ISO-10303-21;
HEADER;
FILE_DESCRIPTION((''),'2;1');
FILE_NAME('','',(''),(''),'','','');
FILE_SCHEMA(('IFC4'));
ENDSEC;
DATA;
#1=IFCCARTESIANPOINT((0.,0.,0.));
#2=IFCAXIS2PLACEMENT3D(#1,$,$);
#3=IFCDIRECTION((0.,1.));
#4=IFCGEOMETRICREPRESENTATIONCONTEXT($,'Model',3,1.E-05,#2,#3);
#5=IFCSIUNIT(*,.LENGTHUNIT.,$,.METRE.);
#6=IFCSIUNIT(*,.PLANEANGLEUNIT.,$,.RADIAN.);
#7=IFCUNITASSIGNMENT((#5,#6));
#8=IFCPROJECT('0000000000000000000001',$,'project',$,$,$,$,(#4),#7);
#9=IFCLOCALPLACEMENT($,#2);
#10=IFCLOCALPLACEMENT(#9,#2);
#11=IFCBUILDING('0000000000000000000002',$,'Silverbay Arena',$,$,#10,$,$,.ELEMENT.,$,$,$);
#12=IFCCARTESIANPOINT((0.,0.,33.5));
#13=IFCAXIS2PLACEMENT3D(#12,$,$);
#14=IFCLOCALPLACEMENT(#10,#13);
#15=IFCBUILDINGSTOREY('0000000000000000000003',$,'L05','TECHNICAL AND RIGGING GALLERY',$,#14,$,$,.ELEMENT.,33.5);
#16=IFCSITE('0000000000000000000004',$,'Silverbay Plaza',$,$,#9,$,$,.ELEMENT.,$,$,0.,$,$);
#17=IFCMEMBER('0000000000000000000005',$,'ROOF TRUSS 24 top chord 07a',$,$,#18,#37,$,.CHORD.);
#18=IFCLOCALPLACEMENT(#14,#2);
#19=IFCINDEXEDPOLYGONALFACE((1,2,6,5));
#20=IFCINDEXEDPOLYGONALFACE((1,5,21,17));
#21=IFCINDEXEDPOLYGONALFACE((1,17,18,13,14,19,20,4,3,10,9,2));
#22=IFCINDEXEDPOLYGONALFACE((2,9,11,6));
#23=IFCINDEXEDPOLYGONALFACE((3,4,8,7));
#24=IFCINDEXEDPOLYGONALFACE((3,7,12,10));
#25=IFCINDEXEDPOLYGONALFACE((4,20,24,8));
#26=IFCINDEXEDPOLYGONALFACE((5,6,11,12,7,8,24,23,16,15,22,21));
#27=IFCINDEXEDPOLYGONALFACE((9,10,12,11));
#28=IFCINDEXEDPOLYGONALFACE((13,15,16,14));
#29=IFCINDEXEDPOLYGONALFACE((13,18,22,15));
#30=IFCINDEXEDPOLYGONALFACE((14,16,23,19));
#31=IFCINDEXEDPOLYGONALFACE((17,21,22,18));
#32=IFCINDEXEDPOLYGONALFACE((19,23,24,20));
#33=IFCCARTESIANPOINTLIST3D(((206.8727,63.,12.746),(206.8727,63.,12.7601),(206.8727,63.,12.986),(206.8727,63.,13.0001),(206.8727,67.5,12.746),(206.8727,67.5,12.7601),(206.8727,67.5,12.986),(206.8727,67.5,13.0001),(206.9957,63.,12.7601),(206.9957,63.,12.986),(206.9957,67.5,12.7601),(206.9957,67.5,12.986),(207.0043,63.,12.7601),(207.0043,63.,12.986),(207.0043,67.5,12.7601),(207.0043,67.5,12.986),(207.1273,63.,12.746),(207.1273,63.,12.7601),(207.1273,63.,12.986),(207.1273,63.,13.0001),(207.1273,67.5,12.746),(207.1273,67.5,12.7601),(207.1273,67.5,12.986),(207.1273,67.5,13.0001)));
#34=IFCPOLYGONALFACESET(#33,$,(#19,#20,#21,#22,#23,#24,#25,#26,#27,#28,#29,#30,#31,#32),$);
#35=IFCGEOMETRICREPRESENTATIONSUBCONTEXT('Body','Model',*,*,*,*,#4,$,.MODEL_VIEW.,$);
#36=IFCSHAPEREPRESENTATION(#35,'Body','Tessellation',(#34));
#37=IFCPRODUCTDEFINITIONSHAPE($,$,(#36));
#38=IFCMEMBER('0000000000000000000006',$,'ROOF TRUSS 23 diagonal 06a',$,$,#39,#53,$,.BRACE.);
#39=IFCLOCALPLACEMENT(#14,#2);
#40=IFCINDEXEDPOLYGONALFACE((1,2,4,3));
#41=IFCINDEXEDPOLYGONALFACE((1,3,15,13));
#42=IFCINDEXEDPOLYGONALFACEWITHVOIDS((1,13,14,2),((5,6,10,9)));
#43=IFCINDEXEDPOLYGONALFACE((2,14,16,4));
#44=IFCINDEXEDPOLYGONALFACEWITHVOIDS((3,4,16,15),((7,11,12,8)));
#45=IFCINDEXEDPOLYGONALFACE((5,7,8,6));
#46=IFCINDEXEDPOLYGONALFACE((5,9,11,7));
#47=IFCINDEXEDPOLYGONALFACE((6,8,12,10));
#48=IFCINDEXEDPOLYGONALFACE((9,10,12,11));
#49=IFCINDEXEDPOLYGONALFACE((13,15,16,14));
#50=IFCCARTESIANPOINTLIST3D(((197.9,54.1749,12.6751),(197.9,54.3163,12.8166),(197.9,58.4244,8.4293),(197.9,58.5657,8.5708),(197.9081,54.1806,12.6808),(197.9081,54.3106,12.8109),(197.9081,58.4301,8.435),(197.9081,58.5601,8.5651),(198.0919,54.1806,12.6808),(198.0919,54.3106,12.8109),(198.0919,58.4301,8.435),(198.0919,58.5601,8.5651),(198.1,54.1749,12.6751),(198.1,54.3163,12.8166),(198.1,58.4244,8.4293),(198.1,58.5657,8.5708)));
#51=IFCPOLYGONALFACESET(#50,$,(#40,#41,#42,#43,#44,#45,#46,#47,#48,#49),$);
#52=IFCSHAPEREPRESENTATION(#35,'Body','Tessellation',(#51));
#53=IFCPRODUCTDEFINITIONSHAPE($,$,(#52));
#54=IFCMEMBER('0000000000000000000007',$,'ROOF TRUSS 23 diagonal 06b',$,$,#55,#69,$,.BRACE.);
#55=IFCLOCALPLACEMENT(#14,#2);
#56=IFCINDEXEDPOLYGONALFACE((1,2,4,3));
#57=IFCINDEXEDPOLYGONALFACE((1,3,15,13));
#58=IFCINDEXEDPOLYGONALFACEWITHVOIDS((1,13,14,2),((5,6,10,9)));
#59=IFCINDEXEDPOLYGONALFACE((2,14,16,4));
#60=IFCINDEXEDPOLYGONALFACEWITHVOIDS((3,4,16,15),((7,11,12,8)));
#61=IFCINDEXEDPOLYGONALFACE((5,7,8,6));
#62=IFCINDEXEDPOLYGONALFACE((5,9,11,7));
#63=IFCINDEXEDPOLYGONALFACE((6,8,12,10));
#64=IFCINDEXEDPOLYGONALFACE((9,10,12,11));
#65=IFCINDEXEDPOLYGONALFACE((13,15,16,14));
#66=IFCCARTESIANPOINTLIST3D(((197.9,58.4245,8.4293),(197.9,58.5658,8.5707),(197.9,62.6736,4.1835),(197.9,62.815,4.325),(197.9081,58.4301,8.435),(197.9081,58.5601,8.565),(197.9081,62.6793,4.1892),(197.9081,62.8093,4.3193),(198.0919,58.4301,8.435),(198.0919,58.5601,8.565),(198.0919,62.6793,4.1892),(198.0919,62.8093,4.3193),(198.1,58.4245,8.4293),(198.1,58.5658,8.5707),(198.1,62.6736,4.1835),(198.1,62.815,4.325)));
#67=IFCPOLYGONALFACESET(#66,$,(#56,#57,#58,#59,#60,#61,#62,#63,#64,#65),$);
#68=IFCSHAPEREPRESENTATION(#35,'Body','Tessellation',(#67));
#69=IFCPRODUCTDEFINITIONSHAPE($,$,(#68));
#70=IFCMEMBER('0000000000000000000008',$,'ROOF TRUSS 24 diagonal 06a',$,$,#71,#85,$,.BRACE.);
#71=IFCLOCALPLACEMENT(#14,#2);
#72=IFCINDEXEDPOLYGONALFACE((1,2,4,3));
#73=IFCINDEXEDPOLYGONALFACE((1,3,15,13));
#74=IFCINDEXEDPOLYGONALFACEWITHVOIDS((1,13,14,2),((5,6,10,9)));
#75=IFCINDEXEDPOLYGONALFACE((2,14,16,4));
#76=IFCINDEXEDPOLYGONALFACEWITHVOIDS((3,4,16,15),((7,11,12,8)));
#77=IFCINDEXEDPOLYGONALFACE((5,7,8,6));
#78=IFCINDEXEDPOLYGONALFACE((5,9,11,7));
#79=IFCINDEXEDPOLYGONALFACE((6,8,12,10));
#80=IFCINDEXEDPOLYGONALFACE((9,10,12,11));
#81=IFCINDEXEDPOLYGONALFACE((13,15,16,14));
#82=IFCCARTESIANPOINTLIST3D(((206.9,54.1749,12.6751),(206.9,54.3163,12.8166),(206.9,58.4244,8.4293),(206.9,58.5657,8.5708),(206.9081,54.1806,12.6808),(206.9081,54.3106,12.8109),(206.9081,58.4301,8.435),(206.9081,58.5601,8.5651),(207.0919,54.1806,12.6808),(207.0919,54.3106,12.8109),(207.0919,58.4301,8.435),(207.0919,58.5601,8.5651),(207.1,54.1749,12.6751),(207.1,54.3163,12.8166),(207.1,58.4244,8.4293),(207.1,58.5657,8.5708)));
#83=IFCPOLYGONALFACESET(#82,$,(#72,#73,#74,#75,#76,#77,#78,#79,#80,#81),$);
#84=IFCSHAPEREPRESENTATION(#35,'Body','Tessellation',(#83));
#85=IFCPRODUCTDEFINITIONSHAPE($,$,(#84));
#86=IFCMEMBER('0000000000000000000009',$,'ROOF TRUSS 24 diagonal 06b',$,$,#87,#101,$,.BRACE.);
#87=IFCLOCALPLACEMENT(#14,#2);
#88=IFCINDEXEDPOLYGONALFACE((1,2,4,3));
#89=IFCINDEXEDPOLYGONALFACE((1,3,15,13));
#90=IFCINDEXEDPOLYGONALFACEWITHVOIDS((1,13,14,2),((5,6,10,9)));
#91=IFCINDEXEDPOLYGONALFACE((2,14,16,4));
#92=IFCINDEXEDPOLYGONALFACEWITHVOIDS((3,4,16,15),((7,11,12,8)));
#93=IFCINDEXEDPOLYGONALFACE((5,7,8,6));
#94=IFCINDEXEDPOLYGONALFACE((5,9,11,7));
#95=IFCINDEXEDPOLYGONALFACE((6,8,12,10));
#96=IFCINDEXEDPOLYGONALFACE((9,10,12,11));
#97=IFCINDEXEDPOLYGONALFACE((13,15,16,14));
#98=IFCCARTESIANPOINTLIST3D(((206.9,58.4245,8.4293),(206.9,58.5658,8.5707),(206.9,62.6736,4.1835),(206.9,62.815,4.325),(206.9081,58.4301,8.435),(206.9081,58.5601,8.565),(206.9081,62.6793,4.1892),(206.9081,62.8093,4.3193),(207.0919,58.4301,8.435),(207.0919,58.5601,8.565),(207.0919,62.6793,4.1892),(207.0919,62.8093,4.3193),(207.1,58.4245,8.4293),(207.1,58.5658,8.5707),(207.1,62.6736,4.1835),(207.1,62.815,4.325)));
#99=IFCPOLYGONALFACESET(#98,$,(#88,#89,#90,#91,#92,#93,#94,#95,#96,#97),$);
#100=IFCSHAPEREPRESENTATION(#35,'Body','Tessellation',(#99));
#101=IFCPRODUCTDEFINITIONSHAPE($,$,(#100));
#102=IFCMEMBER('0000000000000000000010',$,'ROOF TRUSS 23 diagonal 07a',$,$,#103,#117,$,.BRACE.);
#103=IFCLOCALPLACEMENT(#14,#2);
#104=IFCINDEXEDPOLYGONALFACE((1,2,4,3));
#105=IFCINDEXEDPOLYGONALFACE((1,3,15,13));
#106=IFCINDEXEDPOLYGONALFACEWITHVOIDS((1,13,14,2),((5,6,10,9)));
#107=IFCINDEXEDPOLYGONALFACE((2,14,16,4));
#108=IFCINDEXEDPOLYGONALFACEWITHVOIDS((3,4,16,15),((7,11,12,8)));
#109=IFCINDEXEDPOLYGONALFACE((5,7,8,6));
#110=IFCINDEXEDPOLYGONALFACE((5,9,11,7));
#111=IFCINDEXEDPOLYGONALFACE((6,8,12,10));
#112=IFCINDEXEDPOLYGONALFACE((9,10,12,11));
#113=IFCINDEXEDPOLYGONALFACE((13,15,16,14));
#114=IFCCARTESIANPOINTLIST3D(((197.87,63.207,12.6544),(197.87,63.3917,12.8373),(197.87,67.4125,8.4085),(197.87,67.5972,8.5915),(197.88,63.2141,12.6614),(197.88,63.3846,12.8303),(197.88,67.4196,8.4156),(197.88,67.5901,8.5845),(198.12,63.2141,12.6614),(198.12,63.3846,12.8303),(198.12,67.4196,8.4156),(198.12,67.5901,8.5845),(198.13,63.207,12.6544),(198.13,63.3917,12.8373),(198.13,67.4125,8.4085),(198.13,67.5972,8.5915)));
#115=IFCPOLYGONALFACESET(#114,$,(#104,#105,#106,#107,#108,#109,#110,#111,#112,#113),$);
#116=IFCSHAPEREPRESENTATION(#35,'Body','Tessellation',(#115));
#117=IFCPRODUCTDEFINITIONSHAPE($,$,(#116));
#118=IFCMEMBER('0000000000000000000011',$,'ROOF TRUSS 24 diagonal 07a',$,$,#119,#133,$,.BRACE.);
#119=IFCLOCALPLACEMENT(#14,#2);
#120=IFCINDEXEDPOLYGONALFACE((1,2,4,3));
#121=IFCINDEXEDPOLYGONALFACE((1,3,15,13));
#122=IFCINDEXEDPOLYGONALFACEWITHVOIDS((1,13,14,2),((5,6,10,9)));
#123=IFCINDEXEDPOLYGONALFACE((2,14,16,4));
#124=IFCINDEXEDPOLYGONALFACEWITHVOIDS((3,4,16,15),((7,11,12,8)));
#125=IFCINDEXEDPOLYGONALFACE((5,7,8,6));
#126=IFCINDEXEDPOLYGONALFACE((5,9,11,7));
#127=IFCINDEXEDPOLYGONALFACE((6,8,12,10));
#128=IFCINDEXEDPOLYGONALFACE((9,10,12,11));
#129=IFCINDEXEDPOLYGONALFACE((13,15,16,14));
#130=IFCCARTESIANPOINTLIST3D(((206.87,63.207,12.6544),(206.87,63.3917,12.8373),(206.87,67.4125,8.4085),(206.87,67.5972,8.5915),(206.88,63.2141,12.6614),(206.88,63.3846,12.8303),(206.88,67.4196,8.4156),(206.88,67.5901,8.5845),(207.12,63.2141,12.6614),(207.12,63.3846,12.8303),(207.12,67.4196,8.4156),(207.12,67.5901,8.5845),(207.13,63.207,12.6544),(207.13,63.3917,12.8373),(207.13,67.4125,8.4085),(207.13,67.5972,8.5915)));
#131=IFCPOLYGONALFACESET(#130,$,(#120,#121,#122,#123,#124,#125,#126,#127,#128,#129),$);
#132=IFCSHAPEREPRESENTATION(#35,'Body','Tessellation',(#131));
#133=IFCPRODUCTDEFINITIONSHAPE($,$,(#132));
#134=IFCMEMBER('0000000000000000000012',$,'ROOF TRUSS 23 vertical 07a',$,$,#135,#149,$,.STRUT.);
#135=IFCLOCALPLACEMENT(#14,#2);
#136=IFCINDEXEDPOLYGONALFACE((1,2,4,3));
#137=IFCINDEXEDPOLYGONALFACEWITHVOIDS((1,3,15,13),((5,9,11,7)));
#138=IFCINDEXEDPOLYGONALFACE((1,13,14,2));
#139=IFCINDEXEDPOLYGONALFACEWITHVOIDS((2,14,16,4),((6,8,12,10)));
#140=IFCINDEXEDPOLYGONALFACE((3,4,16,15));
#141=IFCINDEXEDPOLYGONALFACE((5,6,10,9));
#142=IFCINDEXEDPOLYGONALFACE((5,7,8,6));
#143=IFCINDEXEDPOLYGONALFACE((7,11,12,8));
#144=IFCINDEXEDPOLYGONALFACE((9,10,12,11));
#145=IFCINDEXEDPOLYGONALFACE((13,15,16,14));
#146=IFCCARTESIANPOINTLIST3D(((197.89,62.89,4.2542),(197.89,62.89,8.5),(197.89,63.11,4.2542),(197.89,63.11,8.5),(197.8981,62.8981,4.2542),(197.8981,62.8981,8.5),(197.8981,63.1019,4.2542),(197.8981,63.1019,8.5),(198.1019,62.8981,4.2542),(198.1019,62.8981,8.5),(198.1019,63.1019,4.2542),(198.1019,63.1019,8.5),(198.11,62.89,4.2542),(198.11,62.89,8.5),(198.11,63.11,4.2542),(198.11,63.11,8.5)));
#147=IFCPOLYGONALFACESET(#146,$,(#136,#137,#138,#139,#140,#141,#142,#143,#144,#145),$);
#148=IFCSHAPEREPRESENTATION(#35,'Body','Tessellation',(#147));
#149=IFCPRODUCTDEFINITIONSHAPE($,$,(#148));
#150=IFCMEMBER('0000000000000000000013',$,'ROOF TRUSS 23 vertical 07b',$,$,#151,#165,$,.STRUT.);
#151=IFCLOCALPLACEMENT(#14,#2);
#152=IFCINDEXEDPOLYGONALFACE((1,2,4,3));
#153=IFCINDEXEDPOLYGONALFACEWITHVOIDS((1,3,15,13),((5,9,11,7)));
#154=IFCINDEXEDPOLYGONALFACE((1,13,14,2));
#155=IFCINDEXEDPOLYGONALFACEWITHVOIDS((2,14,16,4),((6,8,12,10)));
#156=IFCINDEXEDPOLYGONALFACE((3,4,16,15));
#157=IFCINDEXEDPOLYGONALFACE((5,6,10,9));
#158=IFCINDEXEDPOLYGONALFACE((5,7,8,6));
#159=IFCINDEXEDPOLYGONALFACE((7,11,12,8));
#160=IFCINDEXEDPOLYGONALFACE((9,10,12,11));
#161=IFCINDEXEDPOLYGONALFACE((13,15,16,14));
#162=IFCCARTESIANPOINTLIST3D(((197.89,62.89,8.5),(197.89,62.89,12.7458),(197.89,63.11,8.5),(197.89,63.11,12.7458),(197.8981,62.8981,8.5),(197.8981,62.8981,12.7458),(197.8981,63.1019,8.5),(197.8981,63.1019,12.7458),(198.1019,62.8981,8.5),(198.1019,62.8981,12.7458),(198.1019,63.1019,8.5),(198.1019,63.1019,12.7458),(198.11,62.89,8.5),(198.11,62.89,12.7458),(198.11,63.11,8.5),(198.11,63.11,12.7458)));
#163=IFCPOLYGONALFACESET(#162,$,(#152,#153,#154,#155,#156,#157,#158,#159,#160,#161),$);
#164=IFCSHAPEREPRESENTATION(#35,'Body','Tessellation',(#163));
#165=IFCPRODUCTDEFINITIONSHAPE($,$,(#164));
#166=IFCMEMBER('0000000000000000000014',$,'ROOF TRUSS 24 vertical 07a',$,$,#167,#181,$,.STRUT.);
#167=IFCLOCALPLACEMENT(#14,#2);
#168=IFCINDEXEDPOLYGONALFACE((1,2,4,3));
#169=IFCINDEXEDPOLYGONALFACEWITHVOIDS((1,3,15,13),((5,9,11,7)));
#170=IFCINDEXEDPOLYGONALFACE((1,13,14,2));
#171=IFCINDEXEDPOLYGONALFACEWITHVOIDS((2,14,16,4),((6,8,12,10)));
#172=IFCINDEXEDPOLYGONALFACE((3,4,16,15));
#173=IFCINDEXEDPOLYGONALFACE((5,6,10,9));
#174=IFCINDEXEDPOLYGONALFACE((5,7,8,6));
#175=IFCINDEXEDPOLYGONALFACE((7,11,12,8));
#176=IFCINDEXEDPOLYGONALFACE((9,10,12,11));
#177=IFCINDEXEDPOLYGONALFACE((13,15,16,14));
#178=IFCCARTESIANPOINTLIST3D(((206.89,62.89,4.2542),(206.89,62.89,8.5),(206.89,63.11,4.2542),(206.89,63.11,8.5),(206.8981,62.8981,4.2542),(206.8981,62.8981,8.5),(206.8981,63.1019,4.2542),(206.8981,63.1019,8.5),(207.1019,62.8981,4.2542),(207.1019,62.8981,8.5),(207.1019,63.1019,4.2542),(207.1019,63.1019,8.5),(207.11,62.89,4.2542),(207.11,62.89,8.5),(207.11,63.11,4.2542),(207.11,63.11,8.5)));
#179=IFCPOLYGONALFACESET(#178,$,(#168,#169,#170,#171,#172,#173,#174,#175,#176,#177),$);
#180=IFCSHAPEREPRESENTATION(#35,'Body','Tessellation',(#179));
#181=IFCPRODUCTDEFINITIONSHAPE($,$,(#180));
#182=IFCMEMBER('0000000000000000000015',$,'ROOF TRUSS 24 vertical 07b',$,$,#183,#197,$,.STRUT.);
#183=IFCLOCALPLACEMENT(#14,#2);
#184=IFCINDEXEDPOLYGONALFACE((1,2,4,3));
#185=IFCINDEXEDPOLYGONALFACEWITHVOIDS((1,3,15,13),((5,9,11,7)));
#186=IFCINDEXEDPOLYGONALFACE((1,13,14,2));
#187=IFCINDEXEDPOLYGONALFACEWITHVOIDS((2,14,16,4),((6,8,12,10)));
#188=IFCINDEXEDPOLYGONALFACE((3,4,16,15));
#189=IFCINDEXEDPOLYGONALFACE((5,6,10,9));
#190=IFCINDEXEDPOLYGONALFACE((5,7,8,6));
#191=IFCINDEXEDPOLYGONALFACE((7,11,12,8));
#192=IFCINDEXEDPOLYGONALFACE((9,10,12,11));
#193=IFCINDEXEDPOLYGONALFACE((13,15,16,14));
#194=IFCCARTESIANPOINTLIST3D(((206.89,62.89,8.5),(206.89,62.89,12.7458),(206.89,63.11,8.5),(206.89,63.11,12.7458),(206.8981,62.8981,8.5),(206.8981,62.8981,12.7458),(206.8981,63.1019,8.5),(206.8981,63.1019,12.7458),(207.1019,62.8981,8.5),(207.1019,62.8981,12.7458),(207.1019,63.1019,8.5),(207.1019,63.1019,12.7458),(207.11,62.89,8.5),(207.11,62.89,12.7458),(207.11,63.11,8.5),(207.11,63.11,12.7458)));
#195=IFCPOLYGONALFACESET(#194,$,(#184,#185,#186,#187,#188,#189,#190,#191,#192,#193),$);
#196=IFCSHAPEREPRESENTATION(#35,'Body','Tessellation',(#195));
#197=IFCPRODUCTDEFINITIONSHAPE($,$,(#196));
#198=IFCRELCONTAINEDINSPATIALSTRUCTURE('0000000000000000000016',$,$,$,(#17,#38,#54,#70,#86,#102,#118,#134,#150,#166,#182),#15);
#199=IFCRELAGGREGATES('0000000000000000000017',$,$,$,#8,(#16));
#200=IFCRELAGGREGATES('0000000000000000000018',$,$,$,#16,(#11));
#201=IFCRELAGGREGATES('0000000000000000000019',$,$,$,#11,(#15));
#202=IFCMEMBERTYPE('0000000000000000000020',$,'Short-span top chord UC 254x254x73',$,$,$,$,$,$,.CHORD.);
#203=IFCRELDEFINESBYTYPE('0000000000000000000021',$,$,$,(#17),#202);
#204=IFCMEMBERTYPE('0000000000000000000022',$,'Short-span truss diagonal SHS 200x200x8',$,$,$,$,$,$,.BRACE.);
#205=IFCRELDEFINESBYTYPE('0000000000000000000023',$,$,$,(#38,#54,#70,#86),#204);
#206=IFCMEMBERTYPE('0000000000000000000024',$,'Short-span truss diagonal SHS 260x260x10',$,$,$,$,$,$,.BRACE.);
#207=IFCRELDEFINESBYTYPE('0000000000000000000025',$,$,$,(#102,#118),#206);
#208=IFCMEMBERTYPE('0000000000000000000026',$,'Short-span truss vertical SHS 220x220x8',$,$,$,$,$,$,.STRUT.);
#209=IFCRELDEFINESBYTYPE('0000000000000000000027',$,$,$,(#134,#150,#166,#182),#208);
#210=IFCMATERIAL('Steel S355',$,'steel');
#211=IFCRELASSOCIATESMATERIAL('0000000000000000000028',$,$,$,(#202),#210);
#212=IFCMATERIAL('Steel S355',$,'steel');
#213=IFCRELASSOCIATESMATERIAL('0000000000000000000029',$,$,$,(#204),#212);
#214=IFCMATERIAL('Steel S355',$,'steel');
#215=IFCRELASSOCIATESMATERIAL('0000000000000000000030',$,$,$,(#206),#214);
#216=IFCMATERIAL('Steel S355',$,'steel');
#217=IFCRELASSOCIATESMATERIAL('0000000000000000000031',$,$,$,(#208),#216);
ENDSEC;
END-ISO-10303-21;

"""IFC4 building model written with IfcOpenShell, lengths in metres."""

from ifc_helpers import new_model, si_unit, direction, frame, origin, origin_2d, place, context, subcontext, project, spatial, hollow_rectangle, i_section, extrude, material, material_profile, profile_set, type_object, element, save


model = new_model("IFC4")

# Units and contexts
model_context = context("Model", 3, precision=1e-05, world=origin(), true_north=direction((0.0, 1.0)))
body_context = subcontext(model_context, "Body", "Model", "MODEL_VIEW")
ifc_project = project(units=[si_unit("LENGTHUNIT", "METRE"), si_unit("PLANEANGLEUNIT", "RADIAN")], contexts=[model_context])

# Site, building, storey
site_placement = place(None, origin())
site = spatial("IfcSite", under=ifc_project, at=site_placement, Name="Silverbay Plaza", CompositionType="ELEMENT", RefElevation=0.0)
building_placement = place(site_placement, origin())
building = spatial("IfcBuilding", under=site, at=building_placement, Name="Silverbay Arena", CompositionType="ELEMENT")
storey_placement = place(building_placement, frame((0.0, 0.0, 33.5)))
storey = spatial("IfcBuildingStorey", under=building, at=storey_placement, Name="L05", Description="TECHNICAL AND RIGGING GALLERY", CompositionType="ELEMENT", Elevation=33.5)

# Members
ifc_material_1 = material(Name="Steel S355", Category="steel")
ifc_material_profile_1 = material_profile(ifc_material_1, i_section(OverallWidth=0.2546, OverallDepth=0.2542, WebThickness=0.0085, FlangeThickness=0.0142, at=origin_2d()), Name="UC 254x254x73")
ifc_profile_set_1 = profile_set([ifc_material_profile_1], Name="Steel S355")
member_type_1 = type_object("IfcMemberType", Name="Short-span top chord UC 254x254x73", PredefinedType="CHORD", material=ifc_profile_set_1)
for number, where, z_axis, x_axis, name in (
    (1, (207.0, 63.0, 12.873), (0.0, 1.0, 0.0), (-1.0, 0.0, 0.0), "ROOF TRUSS 24 top chord 07a"),
):
    element("IfcMember", number, at=place(storey_placement, frame(where, z_axis=z_axis, x_axis=x_axis)), inside=storey, type_object=member_type_1, Name=name, PredefinedType="CHORD", context=body_context, shape_type="SweptSolid", body=[
        extrude(i_section(OverallWidth=0.2546, OverallDepth=0.2542, WebThickness=0.0085, FlangeThickness=0.0142, at=origin_2d()), origin(), (0.0, 0.0, 1.0), 4.5),
    ])
ifc_material_2 = material(Name="Steel S355", Category="steel")
ifc_material_profile_2 = material_profile(ifc_material_2, hollow_rectangle(XDim=0.2, YDim=0.2, WallThickness=0.0081, at=origin_2d()), Name="SHS 200x200x8")
ifc_profile_set_2 = profile_set([ifc_material_profile_2], Name="Steel S355")
member_type_2 = type_object("IfcMemberType", Name="Short-span truss diagonal SHS 200x200x8", PredefinedType="BRACE", material=ifc_profile_set_2)
member_1_placement = place(storey_placement, frame((198.0, 54.2456, 12.7458), z_axis=(0.0, 0.707412, -0.706802), x_axis=(-1.0, 0.0, 0.0)))
element("IfcMember", 2, at=member_1_placement, inside=storey, type_object=member_type_2, Name="ROOF TRUSS 23 diagonal 06a", PredefinedType="BRACE", context=body_context, shape_type="SweptSolid", body=[
    extrude(hollow_rectangle(XDim=0.2, YDim=0.2, WallThickness=0.0081, at=origin_2d()), origin(), (0.0, 0.0, 1.0), 6.0071),
])
member_2_placement = place(storey_placement, frame((198.0, 58.4951, 8.5), z_axis=(0.0, 0.707391, -0.706822), x_axis=(-1.0, 0.0, 0.0)))
element("IfcMember", 3, at=member_2_placement, inside=storey, type_object=member_type_2, Name="ROOF TRUSS 23 diagonal 06b", PredefinedType="BRACE", context=body_context, shape_type="SweptSolid", body=[
    extrude(hollow_rectangle(XDim=0.2, YDim=0.2, WallThickness=0.0081, at=origin_2d()), origin(), (0.0, 0.0, 1.0), 6.0068),
])
member_3_placement = place(storey_placement, frame((207.0, 54.2456, 12.7458), z_axis=(0.0, 0.707412, -0.706802), x_axis=(-1.0, 0.0, 0.0)))
element("IfcMember", 4, at=member_3_placement, inside=storey, type_object=member_type_2, Name="ROOF TRUSS 24 diagonal 06a", PredefinedType="BRACE", context=body_context, shape_type="SweptSolid", body=[
    extrude(hollow_rectangle(XDim=0.2, YDim=0.2, WallThickness=0.0081, at=origin_2d()), origin(), (0.0, 0.0, 1.0), 6.0071),
])
member_4_placement = place(storey_placement, frame((207.0, 58.4951, 8.5), z_axis=(0.0, 0.707391, -0.706822), x_axis=(-1.0, 0.0, 0.0)))
element("IfcMember", 5, at=member_4_placement, inside=storey, type_object=member_type_2, Name="ROOF TRUSS 24 diagonal 06b", PredefinedType="BRACE", context=body_context, shape_type="SweptSolid", body=[
    extrude(hollow_rectangle(XDim=0.2, YDim=0.2, WallThickness=0.0081, at=origin_2d()), origin(), (0.0, 0.0, 1.0), 6.0068),
])
ifc_material_3 = material(Name="Steel S355", Category="steel")
ifc_material_profile_3 = material_profile(ifc_material_3, hollow_rectangle(XDim=0.26, YDim=0.26, WallThickness=0.01, at=origin_2d()), Name="SHS 260x260x10")
ifc_profile_set_3 = profile_set([ifc_material_profile_3], Name="Steel S355")
member_type_3 = type_object("IfcMemberType", Name="Short-span truss diagonal SHS 260x260x10", PredefinedType="BRACE", material=ifc_profile_set_3)
for number, where, z_axis, x_axis, name in (
    (6, (198.0, 63.2993, 12.7458), (0.0, 0.703728, -0.710469), (-1.0, 0.0, 0.0), "ROOF TRUSS 23 diagonal 07a"),
    (7, (207.0, 63.2993, 12.7458), (0.0, 0.703728, -0.710469), (-1.0, 0.0, 0.0), "ROOF TRUSS 24 diagonal 07a"),
):
    element("IfcMember", number, at=place(storey_placement, frame(where, z_axis=z_axis, x_axis=x_axis)), inside=storey, type_object=member_type_3, Name=name, PredefinedType="BRACE", context=body_context, shape_type="SweptSolid", body=[
        extrude(hollow_rectangle(XDim=0.26, YDim=0.26, WallThickness=0.01, at=origin_2d()), origin(), (0.0, 0.0, 1.0), 5.9761),
    ])
ifc_material_4 = material(Name="Steel S355", Category="steel")
ifc_material_profile_4 = material_profile(ifc_material_4, hollow_rectangle(XDim=0.22, YDim=0.22, WallThickness=0.0081, at=origin_2d()), Name="SHS 220x220x8")
ifc_profile_set_4 = profile_set([ifc_material_profile_4], Name="Steel S355")
member_type_4 = type_object("IfcMemberType", Name="Short-span truss vertical SHS 220x220x8", PredefinedType="STRUT", material=ifc_profile_set_4)
for number, where, z_axis, x_axis, name in (
    (8, (198.0, 63.0, 4.2542), (0.0, 0.0, 1.0), (1.0, 0.0, 0.0), "ROOF TRUSS 23 vertical 07a"),
    (9, (198.0, 63.0, 8.5), (0.0, 0.0, 1.0), (1.0, 0.0, 0.0), "ROOF TRUSS 23 vertical 07b"),
    (10, (207.0, 63.0, 4.2542), (0.0, 0.0, 1.0), (1.0, 0.0, 0.0), "ROOF TRUSS 24 vertical 07a"),
    (11, (207.0, 63.0, 8.5), (0.0, 0.0, 1.0), (1.0, 0.0, 0.0), "ROOF TRUSS 24 vertical 07b"),
):
    element("IfcMember", number, at=place(storey_placement, frame(where, z_axis=z_axis, x_axis=x_axis)), inside=storey, type_object=member_type_4, Name=name, PredefinedType="STRUT", context=body_context, shape_type="SweptSolid", body=[
        extrude(hollow_rectangle(XDim=0.22, YDim=0.22, WallThickness=0.0081, at=origin_2d()), origin(), (0.0, 0.0, 1.0), 4.2458),
    ])

save(model, "model.ifc")
